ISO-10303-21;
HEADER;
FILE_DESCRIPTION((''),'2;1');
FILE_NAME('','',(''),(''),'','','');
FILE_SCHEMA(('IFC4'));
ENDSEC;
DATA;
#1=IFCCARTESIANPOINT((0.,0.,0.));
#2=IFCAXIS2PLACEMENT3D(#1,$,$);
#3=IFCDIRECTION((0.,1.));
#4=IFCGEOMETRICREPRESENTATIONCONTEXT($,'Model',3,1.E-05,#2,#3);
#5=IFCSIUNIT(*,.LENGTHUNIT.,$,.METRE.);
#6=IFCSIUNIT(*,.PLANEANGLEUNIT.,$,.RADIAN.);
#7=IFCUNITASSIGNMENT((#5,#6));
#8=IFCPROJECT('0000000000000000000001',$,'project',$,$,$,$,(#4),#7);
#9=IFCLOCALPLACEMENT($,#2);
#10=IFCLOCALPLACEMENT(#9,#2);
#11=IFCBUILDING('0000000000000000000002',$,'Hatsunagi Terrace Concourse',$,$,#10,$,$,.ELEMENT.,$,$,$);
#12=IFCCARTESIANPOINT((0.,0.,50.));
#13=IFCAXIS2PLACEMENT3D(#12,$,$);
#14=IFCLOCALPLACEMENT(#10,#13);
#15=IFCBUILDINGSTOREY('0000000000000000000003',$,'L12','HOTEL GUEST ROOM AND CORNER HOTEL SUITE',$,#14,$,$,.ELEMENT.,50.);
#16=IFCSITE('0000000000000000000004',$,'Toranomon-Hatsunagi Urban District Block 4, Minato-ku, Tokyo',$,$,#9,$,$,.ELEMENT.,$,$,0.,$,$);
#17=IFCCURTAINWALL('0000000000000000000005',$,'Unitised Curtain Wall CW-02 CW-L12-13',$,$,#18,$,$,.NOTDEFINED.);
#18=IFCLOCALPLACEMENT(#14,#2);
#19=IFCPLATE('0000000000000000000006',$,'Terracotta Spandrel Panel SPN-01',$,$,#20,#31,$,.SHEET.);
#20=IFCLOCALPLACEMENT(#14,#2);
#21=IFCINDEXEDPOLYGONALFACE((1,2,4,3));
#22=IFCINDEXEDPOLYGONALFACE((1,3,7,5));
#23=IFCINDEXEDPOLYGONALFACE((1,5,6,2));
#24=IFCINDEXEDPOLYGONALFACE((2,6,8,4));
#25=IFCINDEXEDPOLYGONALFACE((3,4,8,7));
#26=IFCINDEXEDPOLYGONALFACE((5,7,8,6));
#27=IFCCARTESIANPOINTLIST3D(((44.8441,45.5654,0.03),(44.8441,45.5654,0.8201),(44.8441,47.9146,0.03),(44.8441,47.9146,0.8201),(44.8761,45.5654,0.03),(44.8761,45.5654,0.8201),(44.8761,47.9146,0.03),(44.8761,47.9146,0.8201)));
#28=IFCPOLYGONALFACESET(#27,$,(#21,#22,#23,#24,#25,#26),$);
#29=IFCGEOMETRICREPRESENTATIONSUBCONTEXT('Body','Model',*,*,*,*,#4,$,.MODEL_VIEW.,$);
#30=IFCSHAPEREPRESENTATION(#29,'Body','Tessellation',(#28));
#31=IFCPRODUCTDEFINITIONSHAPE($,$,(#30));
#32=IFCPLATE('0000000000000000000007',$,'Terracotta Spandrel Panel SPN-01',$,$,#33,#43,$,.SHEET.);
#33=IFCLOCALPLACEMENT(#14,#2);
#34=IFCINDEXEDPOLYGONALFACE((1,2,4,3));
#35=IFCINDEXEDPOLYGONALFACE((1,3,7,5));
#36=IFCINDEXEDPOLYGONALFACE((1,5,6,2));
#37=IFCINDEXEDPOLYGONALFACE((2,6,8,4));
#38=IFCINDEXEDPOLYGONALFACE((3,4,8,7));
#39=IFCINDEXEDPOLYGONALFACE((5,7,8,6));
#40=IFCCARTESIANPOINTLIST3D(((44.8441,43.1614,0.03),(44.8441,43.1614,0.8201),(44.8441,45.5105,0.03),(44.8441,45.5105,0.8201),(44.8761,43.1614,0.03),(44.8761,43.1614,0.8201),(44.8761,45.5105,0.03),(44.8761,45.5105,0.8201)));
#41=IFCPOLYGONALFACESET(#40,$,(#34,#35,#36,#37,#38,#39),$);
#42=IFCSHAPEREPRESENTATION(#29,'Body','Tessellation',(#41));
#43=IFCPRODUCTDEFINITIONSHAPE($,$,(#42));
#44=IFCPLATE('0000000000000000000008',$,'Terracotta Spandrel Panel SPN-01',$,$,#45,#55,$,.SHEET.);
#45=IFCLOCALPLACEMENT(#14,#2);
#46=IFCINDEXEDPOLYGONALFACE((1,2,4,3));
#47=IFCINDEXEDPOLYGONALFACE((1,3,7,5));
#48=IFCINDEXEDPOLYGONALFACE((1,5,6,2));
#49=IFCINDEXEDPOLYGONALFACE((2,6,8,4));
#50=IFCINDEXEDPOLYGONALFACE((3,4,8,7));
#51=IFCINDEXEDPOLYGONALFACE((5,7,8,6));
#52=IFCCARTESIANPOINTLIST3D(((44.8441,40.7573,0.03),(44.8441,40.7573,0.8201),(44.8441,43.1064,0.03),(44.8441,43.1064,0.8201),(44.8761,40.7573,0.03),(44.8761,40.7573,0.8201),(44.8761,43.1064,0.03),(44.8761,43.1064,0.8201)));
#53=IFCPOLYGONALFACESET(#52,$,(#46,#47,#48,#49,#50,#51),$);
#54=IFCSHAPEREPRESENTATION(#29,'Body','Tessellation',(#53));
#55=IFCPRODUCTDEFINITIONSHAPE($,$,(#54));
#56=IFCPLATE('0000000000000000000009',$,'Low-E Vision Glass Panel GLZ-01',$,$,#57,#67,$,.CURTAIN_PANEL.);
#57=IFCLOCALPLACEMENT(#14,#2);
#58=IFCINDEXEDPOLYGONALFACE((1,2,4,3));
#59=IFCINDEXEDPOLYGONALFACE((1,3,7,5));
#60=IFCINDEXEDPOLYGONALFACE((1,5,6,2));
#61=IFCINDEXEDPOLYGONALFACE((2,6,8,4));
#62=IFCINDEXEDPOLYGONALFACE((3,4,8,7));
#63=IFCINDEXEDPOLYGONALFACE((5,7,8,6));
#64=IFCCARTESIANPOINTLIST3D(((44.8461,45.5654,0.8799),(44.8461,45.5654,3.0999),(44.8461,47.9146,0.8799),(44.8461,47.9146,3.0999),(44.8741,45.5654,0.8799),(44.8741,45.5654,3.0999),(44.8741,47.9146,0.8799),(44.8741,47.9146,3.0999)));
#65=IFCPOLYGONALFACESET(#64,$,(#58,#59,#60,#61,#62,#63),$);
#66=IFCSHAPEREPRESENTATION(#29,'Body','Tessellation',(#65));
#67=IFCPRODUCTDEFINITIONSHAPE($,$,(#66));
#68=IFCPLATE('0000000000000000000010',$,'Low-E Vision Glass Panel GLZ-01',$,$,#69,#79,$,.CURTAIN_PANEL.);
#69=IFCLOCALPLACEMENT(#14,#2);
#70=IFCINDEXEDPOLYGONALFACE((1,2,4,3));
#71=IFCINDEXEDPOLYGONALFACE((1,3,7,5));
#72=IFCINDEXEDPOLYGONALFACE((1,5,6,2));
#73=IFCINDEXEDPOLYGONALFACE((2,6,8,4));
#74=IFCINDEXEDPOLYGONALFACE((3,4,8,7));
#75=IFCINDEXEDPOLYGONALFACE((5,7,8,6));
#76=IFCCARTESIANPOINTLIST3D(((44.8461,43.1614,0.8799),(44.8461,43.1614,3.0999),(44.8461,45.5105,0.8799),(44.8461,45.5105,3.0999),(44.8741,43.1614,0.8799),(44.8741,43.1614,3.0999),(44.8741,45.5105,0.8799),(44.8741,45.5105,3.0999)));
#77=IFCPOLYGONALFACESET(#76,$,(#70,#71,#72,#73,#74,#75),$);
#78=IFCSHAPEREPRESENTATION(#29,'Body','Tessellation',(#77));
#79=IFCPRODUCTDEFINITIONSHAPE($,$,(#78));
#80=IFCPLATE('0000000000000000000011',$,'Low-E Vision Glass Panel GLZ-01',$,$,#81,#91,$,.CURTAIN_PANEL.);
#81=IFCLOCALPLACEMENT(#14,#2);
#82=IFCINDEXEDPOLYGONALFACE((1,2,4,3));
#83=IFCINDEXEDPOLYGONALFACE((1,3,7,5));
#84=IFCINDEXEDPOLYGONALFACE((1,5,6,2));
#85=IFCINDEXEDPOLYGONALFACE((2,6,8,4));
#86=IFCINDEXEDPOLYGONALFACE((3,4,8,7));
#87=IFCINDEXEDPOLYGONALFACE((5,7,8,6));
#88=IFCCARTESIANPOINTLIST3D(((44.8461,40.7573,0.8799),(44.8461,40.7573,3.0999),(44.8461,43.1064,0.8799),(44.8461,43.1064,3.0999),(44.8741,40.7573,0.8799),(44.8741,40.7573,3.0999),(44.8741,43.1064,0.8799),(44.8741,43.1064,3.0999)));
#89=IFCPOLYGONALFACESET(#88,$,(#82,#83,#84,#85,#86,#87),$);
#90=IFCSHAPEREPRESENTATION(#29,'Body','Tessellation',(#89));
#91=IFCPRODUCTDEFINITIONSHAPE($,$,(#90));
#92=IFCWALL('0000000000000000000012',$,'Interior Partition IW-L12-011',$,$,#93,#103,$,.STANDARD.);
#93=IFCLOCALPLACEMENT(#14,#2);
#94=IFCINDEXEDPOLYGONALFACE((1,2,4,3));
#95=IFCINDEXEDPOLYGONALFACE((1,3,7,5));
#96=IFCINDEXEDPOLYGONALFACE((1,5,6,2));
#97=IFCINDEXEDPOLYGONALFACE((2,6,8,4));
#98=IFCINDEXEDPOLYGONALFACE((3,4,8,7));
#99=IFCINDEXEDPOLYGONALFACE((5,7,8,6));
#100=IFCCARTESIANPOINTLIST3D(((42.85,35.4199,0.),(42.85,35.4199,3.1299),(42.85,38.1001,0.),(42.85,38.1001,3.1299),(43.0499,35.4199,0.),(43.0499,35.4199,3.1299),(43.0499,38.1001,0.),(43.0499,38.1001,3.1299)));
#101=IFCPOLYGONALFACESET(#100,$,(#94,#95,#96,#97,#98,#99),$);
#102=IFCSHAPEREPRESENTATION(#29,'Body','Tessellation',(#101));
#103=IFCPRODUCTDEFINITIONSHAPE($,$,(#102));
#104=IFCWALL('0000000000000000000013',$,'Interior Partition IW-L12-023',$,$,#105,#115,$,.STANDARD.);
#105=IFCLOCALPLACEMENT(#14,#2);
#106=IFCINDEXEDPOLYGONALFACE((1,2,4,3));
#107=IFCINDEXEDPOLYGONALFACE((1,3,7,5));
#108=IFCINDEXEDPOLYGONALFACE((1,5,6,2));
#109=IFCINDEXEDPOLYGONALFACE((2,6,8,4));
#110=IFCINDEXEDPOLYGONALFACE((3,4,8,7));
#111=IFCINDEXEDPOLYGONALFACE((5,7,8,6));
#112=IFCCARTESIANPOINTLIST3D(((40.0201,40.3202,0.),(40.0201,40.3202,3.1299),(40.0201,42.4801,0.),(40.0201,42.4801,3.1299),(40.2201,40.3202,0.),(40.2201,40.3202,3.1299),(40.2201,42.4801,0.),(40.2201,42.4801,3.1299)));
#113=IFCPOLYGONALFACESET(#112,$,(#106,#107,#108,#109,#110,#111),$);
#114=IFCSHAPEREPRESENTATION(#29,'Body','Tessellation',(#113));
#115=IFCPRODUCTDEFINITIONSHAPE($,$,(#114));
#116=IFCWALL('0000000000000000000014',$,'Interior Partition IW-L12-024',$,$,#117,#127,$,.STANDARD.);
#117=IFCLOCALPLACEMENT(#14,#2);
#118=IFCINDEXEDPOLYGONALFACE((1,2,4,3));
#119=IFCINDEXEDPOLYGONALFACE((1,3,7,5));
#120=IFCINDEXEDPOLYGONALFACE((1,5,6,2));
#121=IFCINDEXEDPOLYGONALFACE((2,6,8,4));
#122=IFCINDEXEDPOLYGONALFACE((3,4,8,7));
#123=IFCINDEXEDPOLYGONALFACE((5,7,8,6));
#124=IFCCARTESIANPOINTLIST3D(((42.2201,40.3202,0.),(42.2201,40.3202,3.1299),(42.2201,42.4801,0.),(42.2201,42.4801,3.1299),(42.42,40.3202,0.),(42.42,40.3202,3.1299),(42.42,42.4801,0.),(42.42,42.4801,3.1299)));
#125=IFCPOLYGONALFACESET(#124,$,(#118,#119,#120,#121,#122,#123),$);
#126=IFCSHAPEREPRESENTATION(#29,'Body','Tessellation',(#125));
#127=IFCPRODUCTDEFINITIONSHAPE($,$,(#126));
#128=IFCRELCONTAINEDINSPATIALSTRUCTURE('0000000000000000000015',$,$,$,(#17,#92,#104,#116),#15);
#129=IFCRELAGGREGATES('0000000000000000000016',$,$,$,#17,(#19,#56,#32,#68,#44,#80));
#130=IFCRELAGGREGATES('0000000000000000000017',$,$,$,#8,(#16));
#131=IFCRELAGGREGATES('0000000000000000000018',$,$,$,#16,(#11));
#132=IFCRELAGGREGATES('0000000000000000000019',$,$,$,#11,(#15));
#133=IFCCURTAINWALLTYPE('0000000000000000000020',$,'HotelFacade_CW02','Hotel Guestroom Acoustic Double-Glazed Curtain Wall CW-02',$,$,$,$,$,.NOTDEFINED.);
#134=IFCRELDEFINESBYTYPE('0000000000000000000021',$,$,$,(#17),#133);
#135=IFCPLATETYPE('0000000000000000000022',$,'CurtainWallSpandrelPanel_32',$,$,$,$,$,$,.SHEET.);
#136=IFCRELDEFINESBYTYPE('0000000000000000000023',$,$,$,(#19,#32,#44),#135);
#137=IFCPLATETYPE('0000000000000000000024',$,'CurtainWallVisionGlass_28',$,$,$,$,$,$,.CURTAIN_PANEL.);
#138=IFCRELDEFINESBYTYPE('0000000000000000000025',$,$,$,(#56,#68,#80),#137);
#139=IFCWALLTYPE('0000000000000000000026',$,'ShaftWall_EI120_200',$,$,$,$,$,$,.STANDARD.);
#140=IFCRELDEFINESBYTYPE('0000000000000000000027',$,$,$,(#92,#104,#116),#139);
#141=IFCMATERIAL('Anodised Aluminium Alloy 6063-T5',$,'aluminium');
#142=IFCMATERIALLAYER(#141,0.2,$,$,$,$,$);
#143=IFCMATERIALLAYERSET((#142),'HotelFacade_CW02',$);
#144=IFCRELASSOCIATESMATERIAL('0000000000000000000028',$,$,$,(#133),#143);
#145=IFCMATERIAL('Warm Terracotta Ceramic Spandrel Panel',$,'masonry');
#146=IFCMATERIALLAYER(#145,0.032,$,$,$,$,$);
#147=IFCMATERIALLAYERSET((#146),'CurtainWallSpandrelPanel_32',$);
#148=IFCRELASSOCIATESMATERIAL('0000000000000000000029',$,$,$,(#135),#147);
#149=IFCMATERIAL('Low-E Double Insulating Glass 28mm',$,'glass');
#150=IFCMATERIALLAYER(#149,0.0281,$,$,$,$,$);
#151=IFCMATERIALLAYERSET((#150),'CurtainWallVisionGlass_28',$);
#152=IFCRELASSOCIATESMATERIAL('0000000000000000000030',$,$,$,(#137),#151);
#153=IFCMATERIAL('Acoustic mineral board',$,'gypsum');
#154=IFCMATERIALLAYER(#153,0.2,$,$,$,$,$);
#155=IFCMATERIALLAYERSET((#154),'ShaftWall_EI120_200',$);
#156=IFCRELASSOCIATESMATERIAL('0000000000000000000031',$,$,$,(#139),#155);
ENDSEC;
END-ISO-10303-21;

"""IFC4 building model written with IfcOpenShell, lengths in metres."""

from ifc_helpers import new_model, si_unit, direction, frame, frame_2d, origin, origin_2d, place, context, subcontext, project, spatial, rectangle, extrude, material, layer, layer_set, type_object, element, aggregate, save


model = new_model("IFC4")

# Units and contexts
model_context = context("Model", 3, precision=1e-05, world=origin(), true_north=direction((0.0, 1.0)))
body_context = subcontext(model_context, "Body", "Model", "MODEL_VIEW")
ifc_project = project(units=[si_unit("LENGTHUNIT", "METRE"), si_unit("PLANEANGLEUNIT", "RADIAN")], contexts=[model_context])

# Site, building, storey
site_placement = place(None, origin())
site = spatial("IfcSite", under=ifc_project, at=site_placement, Name="Toranomon-Hatsunagi Urban District Block 4, Minato-ku, Tokyo", CompositionType="ELEMENT", RefElevation=0.0)
building_placement = place(site_placement, origin())
building = spatial("IfcBuilding", under=site, at=building_placement, Name="Hatsunagi Terrace Concourse", CompositionType="ELEMENT")
storey_placement = place(building_placement, frame((0.0, 0.0, 50.0)))
storey = spatial("IfcBuildingStorey", under=building, at=storey_placement, Name="L12", Description="HOTEL GUEST ROOM AND CORNER HOTEL SUITE", CompositionType="ELEMENT", Elevation=50.0)

# Curtain wall
ifc_material_1 = material(Name="Anodised Aluminium Alloy 6063-T5", Category="aluminium")
ifc_layer_1 = layer(ifc_material_1, 0.2)
ifc_layer_set_1 = layer_set([ifc_layer_1], Name="HotelFacade_CW02")
curtain_wall_type = type_object("IfcCurtainWallType", Name="HotelFacade_CW02", Description="Hotel Guestroom Acoustic Double-Glazed Curtain Wall CW-02", PredefinedType="NOTDEFINED", material=ifc_layer_set_1)
curtain_wall_placement = place(storey_placement, origin())
curtain_wall = element("IfcCurtainWall", 1, at=curtain_wall_placement, inside=storey, type_object=curtain_wall_type, Name="Unitised Curtain Wall CW-02 CW-L12-13", PredefinedType="NOTDEFINED")

# Plates
ifc_material_2 = material(Name="Warm Terracotta Ceramic Spandrel Panel", Category="masonry")
ifc_layer_2 = layer(ifc_material_2, 0.032)
ifc_layer_set_2 = layer_set([ifc_layer_2], Name="CurtainWallSpandrelPanel_32")
plate_type_1 = type_object("IfcPlateType", Name="CurtainWallSpandrelPanel_32", PredefinedType="SHEET", material=ifc_layer_set_2)
plate_1_placement = place(storey_placement, frame((44.8601, 46.74, 0.03), z_axis=(0.0, 0.0, 1.0), x_axis=(0.0, -1.0, 0.0)))
plate_1 = element("IfcPlate", 2, at=plate_1_placement, type_object=plate_type_1, Name="Terracotta Spandrel Panel SPN-01", PredefinedType="SHEET", context=body_context, shape_type="SweptSolid", body=[
    extrude(rectangle(XDim=2.3491, YDim=0.032, at=origin_2d()), origin(), (0.0, 0.0, 1.0), 0.79),
])
plate_2_placement = place(storey_placement, frame((44.8601, 44.3359, 0.03), z_axis=(0.0, 0.0, 1.0), x_axis=(0.0, -1.0, 0.0)))
plate_2 = element("IfcPlate", 3, at=plate_2_placement, type_object=plate_type_1, Name="Terracotta Spandrel Panel SPN-01", PredefinedType="SHEET", context=body_context, shape_type="SweptSolid", body=[
    extrude(rectangle(XDim=2.3491, YDim=0.032, at=origin_2d()), origin(), (0.0, 0.0, 1.0), 0.79),
])
plate_3_placement = place(storey_placement, frame((44.8601, 41.9319, 0.03), z_axis=(0.0, 0.0, 1.0), x_axis=(0.0, -1.0, 0.0)))
plate_3 = element("IfcPlate", 4, at=plate_3_placement, type_object=plate_type_1, Name="Terracotta Spandrel Panel SPN-01", PredefinedType="SHEET", context=body_context, shape_type="SweptSolid", body=[
    extrude(rectangle(XDim=2.3491, YDim=0.032, at=origin_2d()), origin(), (0.0, 0.0, 1.0), 0.79),
])
ifc_material_3 = material(Name="Low-E Double Insulating Glass 28mm", Category="glass")
ifc_layer_3 = layer(ifc_material_3, 0.0281)
ifc_layer_set_3 = layer_set([ifc_layer_3], Name="CurtainWallVisionGlass_28")
plate_type_2 = type_object("IfcPlateType", Name="CurtainWallVisionGlass_28", PredefinedType="CURTAIN_PANEL", material=ifc_layer_set_3)
plate_4_placement = place(storey_placement, frame((44.8601, 46.74, 0.8799), z_axis=(0.0, 0.0, 1.0), x_axis=(0.0, -1.0, 0.0)))
plate_4 = element("IfcPlate", 5, at=plate_4_placement, type_object=plate_type_2, Name="Low-E Vision Glass Panel GLZ-01", PredefinedType="CURTAIN_PANEL", context=body_context, shape_type="SweptSolid", body=[
    extrude(rectangle(XDim=2.3491, YDim=0.0281, at=origin_2d()), origin(), (0.0, 0.0, 1.0), 2.22),
])
plate_5_placement = place(storey_placement, frame((44.8601, 44.3359, 0.8799), z_axis=(0.0, 0.0, 1.0), x_axis=(0.0, -1.0, 0.0)))
plate_5 = element("IfcPlate", 6, at=plate_5_placement, type_object=plate_type_2, Name="Low-E Vision Glass Panel GLZ-01", PredefinedType="CURTAIN_PANEL", context=body_context, shape_type="SweptSolid", body=[
    extrude(rectangle(XDim=2.3491, YDim=0.0281, at=origin_2d()), origin(), (0.0, 0.0, 1.0), 2.22),
])
plate_6_placement = place(storey_placement, frame((44.8601, 41.9319, 0.8799), z_axis=(0.0, 0.0, 1.0), x_axis=(0.0, -1.0, 0.0)))
plate_6 = element("IfcPlate", 7, at=plate_6_placement, type_object=plate_type_2, Name="Low-E Vision Glass Panel GLZ-01", PredefinedType="CURTAIN_PANEL", context=body_context, shape_type="SweptSolid", body=[
    extrude(rectangle(XDim=2.3491, YDim=0.0281, at=origin_2d()), origin(), (0.0, 0.0, 1.0), 2.22),
])
aggregate(curtain_wall, [plate_1, plate_4, plate_2, plate_5, plate_3, plate_6])

# Walls
ifc_material_4 = material(Name="Acoustic mineral board", Category="gypsum")
ifc_layer_4 = layer(ifc_material_4, 0.2)
ifc_layer_set_4 = layer_set([ifc_layer_4], Name="ShaftWall_EI120_200")
wall_type_1 = type_object("IfcWallType", Name="ShaftWall_EI120_200", PredefinedType="STANDARD", material=ifc_layer_set_4)
wall_1_placement = place(storey_placement, frame((42.95, 35.4199, 0.0), z_axis=(0.0, 0.0, 1.0), x_axis=(0.0, 1.0, 0.0)))
element("IfcWall", 8, at=wall_1_placement, inside=storey, type_object=wall_type_1, Name="Interior Partition IW-L12-011", PredefinedType="STANDARD", context=body_context, shape_type="SweptSolid", body=[
    extrude(rectangle(XDim=2.6802, YDim=0.2, at=frame_2d((1.3401, 0.0))), origin(), (0.0, 0.0, 1.0), 3.1299),
])
for number, where, z_axis, x_axis, name in (
    (9, (40.1201, 40.3201, 0.0), (0.0, 0.0, 1.0), (0.0, 1.0, 0.0), "Interior Partition IW-L12-023"),
    (10, (42.3201, 40.3201, 0.0), (0.0, 0.0, 1.0), (0.0, 1.0, 0.0), "Interior Partition IW-L12-024"),
):
    element("IfcWall", number, at=place(storey_placement, frame(where, z_axis=z_axis, x_axis=x_axis)), inside=storey, type_object=wall_type_1, Name=name, PredefinedType="STANDARD", context=body_context, shape_type="SweptSolid", body=[
        extrude(rectangle(XDim=2.1599, YDim=0.2, at=frame_2d((1.0801, 0.0))), origin(), (0.0, 0.0, 1.0), 3.1299),
    ])

save(model, "model.ifc")
